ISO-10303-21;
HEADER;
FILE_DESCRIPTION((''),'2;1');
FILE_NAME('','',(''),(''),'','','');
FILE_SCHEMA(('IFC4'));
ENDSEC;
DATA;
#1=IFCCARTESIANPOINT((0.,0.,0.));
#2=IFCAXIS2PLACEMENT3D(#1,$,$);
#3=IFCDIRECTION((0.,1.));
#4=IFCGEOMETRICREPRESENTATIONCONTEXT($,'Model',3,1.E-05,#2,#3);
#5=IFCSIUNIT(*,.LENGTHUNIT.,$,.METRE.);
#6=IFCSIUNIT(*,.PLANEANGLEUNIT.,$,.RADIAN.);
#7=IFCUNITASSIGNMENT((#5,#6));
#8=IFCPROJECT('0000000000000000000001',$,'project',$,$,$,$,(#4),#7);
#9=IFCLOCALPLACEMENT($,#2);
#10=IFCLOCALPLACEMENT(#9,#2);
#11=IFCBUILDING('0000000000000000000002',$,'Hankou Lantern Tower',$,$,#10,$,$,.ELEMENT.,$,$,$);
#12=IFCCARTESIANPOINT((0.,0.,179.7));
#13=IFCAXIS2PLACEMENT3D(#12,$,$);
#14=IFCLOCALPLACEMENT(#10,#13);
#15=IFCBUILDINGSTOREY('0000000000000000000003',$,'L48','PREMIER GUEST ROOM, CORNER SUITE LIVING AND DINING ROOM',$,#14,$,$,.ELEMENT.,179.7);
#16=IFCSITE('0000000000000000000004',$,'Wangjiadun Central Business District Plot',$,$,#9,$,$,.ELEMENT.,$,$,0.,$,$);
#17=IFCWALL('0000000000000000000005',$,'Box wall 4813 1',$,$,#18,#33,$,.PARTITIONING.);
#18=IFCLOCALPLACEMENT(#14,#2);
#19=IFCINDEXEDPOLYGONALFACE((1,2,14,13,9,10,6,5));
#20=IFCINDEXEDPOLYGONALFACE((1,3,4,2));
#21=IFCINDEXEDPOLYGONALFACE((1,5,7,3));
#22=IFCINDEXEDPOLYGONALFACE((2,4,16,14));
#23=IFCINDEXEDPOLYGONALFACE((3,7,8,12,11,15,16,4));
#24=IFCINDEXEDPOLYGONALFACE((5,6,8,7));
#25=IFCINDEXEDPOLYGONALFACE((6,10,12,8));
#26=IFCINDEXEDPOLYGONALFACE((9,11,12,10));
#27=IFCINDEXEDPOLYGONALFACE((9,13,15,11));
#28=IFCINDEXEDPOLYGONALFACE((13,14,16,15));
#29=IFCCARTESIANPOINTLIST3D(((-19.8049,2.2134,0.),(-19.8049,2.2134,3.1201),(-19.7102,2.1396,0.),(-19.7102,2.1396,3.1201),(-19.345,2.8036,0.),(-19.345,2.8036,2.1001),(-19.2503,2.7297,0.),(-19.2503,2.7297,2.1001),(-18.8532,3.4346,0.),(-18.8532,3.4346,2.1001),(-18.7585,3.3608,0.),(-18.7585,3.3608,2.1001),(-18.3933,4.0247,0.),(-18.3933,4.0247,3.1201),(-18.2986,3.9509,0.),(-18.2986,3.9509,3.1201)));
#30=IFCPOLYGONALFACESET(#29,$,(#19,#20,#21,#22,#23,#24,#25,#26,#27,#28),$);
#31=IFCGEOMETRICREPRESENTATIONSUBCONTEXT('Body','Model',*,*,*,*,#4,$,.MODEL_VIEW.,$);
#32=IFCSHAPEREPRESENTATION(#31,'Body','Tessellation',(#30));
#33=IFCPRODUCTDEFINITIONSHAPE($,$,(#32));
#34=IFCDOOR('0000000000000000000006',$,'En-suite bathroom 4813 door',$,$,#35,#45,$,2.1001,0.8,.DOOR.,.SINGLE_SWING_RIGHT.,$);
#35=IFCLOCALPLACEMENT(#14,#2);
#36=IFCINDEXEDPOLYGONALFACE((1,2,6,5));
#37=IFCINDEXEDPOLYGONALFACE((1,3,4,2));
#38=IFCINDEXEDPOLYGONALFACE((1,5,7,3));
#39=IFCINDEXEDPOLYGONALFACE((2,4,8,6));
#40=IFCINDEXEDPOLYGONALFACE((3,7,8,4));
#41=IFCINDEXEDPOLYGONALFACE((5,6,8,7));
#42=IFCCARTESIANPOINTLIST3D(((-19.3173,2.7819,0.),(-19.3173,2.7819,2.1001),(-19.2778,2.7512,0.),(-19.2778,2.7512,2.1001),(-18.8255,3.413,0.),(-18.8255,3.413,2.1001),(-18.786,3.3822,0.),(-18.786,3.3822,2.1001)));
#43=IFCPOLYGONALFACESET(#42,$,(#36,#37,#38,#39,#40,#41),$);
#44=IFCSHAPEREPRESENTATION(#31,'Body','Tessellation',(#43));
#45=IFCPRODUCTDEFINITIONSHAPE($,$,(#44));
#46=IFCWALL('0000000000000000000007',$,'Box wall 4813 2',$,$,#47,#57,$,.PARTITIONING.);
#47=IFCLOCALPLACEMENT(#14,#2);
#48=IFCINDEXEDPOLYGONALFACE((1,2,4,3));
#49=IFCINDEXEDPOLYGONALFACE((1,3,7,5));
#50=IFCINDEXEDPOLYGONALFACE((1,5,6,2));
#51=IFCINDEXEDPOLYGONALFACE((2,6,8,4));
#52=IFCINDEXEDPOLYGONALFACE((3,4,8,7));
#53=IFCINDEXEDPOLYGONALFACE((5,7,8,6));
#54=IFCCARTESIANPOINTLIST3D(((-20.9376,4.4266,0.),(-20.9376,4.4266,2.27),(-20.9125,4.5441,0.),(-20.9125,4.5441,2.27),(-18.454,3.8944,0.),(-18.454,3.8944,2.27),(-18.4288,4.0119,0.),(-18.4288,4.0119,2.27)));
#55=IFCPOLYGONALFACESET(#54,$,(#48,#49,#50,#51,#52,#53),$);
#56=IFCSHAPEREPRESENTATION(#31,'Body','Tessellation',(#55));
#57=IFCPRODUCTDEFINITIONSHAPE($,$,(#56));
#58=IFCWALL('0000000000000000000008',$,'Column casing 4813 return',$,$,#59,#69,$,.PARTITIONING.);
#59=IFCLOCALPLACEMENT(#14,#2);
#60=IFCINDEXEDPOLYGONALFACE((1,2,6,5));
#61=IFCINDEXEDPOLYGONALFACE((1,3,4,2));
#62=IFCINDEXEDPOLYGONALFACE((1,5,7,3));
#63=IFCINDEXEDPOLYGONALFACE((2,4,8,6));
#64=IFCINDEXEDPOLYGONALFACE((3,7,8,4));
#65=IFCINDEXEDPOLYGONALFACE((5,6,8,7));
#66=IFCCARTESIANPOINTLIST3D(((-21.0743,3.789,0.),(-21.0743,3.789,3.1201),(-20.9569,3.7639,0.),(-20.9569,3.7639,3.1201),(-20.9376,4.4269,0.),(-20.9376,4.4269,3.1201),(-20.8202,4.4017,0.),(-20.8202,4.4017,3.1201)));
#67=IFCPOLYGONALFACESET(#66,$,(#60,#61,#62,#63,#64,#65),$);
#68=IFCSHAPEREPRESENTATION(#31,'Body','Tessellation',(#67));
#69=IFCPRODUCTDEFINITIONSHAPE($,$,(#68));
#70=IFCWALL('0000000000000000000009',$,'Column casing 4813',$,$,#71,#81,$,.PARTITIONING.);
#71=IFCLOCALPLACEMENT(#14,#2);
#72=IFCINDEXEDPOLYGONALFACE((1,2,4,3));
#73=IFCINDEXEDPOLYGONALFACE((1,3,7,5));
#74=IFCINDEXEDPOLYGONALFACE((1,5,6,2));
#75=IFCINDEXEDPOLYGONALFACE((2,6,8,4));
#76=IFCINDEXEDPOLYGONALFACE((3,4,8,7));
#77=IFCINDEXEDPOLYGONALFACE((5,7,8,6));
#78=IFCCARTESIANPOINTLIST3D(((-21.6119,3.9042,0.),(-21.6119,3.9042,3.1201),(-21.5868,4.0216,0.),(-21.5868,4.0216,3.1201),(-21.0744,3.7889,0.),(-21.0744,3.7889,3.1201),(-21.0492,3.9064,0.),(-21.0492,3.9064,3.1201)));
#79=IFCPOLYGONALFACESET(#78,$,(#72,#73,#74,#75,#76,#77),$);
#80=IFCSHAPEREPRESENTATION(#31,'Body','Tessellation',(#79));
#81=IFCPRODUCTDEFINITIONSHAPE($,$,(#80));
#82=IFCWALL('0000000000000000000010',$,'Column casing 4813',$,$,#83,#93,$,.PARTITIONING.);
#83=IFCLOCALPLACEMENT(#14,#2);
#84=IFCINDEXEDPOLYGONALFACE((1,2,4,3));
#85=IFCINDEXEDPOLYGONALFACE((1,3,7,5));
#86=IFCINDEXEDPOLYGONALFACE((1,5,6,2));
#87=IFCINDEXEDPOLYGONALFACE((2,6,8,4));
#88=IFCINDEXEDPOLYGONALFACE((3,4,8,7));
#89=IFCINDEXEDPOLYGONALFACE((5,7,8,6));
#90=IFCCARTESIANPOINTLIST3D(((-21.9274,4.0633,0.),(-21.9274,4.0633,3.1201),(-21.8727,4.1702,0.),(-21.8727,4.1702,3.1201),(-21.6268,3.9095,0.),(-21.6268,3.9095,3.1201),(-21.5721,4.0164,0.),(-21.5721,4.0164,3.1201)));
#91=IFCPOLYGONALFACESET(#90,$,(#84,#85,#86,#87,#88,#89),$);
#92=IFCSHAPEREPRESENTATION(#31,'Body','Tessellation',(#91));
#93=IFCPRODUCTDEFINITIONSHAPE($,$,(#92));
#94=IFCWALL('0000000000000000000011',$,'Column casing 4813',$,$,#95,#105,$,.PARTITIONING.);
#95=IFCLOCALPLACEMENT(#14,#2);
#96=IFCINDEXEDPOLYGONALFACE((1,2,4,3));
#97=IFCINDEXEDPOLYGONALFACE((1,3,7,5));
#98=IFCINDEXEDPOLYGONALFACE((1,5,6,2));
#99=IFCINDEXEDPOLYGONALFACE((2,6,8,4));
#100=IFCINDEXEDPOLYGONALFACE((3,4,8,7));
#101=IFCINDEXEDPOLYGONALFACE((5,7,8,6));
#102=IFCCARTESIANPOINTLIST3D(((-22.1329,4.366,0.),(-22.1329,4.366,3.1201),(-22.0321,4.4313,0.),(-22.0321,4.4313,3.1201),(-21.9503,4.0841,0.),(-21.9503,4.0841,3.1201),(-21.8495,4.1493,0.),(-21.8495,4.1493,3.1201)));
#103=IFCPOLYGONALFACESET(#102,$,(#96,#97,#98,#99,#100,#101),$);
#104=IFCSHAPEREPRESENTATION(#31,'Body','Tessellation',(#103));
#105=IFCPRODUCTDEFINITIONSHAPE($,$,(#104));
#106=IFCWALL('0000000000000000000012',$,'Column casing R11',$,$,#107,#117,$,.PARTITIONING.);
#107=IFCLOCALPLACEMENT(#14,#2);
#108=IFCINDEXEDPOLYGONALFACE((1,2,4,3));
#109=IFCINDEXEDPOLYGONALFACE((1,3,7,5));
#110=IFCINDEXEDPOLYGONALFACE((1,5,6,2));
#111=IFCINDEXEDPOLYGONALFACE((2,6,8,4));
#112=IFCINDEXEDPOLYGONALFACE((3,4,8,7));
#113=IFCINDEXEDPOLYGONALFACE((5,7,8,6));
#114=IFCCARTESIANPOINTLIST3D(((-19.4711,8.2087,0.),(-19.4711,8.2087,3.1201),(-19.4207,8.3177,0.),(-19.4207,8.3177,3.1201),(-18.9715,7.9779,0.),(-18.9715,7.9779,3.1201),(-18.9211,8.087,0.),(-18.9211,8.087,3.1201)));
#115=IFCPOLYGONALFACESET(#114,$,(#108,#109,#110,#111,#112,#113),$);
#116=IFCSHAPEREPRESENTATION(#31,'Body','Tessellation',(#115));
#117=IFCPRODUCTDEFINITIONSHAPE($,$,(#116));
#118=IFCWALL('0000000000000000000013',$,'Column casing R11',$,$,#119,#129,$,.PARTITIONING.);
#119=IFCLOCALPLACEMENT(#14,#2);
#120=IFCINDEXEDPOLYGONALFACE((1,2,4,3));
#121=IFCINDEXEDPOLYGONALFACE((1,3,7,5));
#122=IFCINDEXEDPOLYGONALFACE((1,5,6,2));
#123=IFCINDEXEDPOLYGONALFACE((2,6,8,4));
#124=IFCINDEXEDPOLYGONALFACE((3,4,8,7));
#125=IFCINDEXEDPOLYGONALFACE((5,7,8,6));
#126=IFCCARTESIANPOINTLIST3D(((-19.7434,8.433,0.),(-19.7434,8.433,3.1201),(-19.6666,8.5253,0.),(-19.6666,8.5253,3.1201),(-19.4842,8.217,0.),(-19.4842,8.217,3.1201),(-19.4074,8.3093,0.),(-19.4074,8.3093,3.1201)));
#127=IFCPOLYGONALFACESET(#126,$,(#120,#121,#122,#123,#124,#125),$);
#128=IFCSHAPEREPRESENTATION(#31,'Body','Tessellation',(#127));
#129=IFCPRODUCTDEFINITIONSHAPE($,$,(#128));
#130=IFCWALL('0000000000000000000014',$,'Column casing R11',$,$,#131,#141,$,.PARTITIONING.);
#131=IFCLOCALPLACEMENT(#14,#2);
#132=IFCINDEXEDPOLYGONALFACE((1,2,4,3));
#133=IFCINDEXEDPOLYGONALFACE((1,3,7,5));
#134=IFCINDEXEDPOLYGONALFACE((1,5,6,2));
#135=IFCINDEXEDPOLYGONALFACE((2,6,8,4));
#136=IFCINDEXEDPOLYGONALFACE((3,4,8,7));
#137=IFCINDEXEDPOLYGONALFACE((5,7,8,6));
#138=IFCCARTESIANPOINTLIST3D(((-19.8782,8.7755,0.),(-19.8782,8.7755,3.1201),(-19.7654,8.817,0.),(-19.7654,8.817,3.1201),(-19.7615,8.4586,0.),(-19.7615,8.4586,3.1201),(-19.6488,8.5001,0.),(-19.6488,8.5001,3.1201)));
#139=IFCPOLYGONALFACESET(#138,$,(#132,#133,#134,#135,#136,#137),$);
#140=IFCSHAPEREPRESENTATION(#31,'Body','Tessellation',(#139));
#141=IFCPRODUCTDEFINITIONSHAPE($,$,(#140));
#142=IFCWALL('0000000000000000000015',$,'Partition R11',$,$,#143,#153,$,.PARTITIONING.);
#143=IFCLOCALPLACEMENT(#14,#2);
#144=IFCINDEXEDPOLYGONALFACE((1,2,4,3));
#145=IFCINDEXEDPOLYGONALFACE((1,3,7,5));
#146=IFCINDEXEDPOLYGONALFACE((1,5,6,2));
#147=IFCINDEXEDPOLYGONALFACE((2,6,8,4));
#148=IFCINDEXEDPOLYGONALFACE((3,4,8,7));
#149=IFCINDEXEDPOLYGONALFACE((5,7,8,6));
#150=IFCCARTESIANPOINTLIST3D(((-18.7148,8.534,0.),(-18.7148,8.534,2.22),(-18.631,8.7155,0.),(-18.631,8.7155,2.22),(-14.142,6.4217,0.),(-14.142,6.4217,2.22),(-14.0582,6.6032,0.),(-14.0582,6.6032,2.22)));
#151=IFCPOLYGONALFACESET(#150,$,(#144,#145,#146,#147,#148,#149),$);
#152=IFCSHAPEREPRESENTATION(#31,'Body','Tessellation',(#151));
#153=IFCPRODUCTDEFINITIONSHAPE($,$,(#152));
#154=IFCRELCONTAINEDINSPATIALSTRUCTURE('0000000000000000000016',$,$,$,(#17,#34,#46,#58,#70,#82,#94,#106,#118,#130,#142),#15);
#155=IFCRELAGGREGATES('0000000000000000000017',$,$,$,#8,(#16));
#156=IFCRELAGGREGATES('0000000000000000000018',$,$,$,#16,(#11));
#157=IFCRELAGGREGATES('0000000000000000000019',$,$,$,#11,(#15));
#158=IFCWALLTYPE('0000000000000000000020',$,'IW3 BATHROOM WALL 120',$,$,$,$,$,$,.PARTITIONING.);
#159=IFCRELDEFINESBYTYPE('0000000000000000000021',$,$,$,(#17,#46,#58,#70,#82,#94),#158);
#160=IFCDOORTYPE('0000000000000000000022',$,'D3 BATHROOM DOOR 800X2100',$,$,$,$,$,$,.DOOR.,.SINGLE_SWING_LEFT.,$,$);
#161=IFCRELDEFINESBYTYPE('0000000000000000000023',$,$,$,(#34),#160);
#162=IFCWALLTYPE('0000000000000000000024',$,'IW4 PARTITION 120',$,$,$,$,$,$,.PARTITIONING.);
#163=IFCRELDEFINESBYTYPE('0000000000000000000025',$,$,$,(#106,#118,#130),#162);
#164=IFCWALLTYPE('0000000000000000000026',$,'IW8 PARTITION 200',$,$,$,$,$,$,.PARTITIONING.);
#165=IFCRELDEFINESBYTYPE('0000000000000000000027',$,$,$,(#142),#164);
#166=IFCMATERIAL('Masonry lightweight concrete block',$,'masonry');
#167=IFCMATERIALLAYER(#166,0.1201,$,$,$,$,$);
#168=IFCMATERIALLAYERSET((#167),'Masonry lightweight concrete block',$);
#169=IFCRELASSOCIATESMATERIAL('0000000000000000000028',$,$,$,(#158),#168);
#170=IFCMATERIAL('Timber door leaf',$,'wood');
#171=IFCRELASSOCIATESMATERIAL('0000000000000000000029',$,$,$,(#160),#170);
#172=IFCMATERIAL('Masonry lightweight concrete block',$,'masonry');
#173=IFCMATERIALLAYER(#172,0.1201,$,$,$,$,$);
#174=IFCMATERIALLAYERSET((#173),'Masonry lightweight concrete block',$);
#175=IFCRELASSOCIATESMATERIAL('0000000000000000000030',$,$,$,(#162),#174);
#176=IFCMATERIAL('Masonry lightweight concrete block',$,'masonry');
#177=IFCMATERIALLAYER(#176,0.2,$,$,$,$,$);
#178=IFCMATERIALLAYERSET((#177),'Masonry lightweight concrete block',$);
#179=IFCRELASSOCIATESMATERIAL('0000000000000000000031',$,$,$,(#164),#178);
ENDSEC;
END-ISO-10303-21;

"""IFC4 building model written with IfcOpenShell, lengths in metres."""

from ifc_helpers import new_model, si_unit, direction, frame, frame_2d, origin, place, context, subcontext, project, spatial, rectangle, extrude, material, layer, layer_set, type_object, element, fill, save


model = new_model("IFC4")

# Units and contexts
model_context = context("Model", 3, precision=1e-05, world=origin(), true_north=direction((0.0, 1.0)))
body_context = subcontext(model_context, "Body", "Model", "MODEL_VIEW")
ifc_project = project(units=[si_unit("LENGTHUNIT", "METRE"), si_unit("PLANEANGLEUNIT", "RADIAN")], contexts=[model_context])

# Site, building, storey
site_placement = place(None, origin())
site = spatial("IfcSite", under=ifc_project, at=site_placement, Name="Wangjiadun Central Business District Plot", CompositionType="ELEMENT", RefElevation=0.0)
building_placement = place(site_placement, origin())
building = spatial("IfcBuilding", under=site, at=building_placement, Name="Hankou Lantern Tower", CompositionType="ELEMENT")
storey_placement = place(building_placement, frame((0.0, 0.0, 179.7)))
storey = spatial("IfcBuildingStorey", under=building, at=storey_placement, Name="L48", Description="PREMIER GUEST ROOM, CORNER SUITE LIVING AND DINING ROOM", CompositionType="ELEMENT", Elevation=179.7)

# Wall, opening, door
ifc_material_1 = material(Name="Masonry lightweight concrete block", Category="masonry")
ifc_layer_1 = layer(ifc_material_1, 0.1201)
ifc_layer_set_1 = layer_set([ifc_layer_1], Name="Masonry lightweight concrete block")
wall_type_1 = type_object("IfcWallType", Name="IW3 BATHROOM WALL 120", PredefinedType="PARTITIONING", material=ifc_layer_set_1)
wall_1_placement = place(storey_placement, frame((-19.7576, 2.1765, 0.0), z_axis=(0.0, 0.0, 1.0), x_axis=(0.614713, 0.788751, 0.0)))
wall_1 = element("IfcWall", 1, at=wall_1_placement, inside=storey, type_object=wall_type_1, Name="Box wall 4813 1", PredefinedType="PARTITIONING", context=body_context, shape_type="SweptSolid", body=[
    extrude(rectangle(XDim=2.2964, YDim=0.1201, at=frame_2d((1.1482, 0.0))), origin(), (0.0, 0.0, 1.0), 3.1201),
])
opening_1_placement = place(wall_1_placement, frame((0.7483, 0.0, 0.0)))
opening_1 = element("IfcOpeningElement", 2, at=opening_1_placement, cuts=wall_1, PredefinedType="OPENING", context=body_context, shape_type="SweptSolid", body=[
    extrude(rectangle(XDim=0.8, YDim=2.1001, at=frame_2d((0.3999, 1.05))), frame((0.0, 0.0701, 0.0), z_axis=(0.0, -1.0, 0.0), x_axis=(1.0, 0.0, 0.0)), (0.0, 0.0, 1.0), 0.1401),
])
ifc_material_2 = material(Name="Timber door leaf", Category="wood")
door_type_1 = type_object("IfcDoorType", Name="D3 BATHROOM DOOR 800X2100", OperationType="SINGLE_SWING_LEFT", PredefinedType="DOOR", material=ifc_material_2)
door_1_placement = place(opening_1_placement, origin())
door_1 = element("IfcDoor", 3, at=door_1_placement, inside=storey, type_object=door_type_1, Name="En-suite bathroom 4813 door", OperationType="SINGLE_SWING_RIGHT", OverallHeight=2.1001, OverallWidth=0.8, PredefinedType="DOOR", context=body_context, shape_type="SweptSolid", body=[
    extrude(rectangle(XDim=0.8, YDim=2.1001, at=frame_2d((0.3999, 1.05))), frame((0.0, 0.0249, 0.0), z_axis=(0.0, -1.0, 0.0), x_axis=(1.0, 0.0, 0.0)), (0.0, 0.0, 1.0), 0.05),
])
fill(opening_1, door_1)

# Walls
wall_2_placement = place(storey_placement, frame((-18.4414, 3.9531, 0.0), z_axis=(0.0, 0.0, 1.0), x_axis=(-0.977801, 0.209536, 0.0)))
element("IfcWall", 4, at=wall_2_placement, inside=storey, type_object=wall_type_1, Name="Box wall 4813 2", PredefinedType="PARTITIONING", context=body_context, shape_type="SweptSolid", body=[
    extrude(rectangle(XDim=2.54, YDim=0.1201, at=frame_2d((1.27, 0.0))), origin(), (0.0, 0.0, 1.0), 2.27),
])
wall_3_placement = place(storey_placement, frame((-20.8789, 4.4143, 0.0), z_axis=(0.0, 0.0, 1.0), x_axis=(-0.209555, -0.977797, 0.0)))
element("IfcWall", 5, at=wall_3_placement, inside=storey, type_object=wall_type_1, Name="Column casing 4813 return", PredefinedType="PARTITIONING", context=body_context, shape_type="SweptSolid", body=[
    extrude(rectangle(XDim=0.6523, YDim=0.1201, at=frame_2d((0.3262, 0.0))), origin(), (0.0, 0.0, 1.0), 3.1201),
])
wall_4_placement = place(storey_placement, frame((-21.0618, 3.8477, 0.0), z_axis=(0.0, 0.0, 1.0), x_axis=(-0.977789, 0.20959, 0.0)))
element("IfcWall", 6, at=wall_4_placement, inside=storey, type_object=wall_type_1, Name="Column casing 4813", PredefinedType="PARTITIONING", context=body_context, shape_type="SweptSolid", body=[
    extrude(rectangle(XDim=0.5498, YDim=0.1201, at=frame_2d((0.2749, 0.0))), origin(), (0.0, 0.0, 1.0), 3.1201),
])
wall_5_placement = place(storey_placement, frame((-21.5994, 3.9629, 0.0), z_axis=(0.0, 0.0, 1.0), x_axis=(-0.890194, 0.455582, 0.0)))
element("IfcWall", 7, at=wall_5_placement, inside=storey, type_object=wall_type_1, Name="Column casing 4813", PredefinedType="PARTITIONING", context=body_context, shape_type="SweptSolid", body=[
    extrude(rectangle(XDim=0.3376, YDim=0.1201, at=frame_2d((0.1689, 0.0))), origin(), (0.0, 0.0, 1.0), 3.1201),
])
wall_6_placement = place(storey_placement, frame((-21.8999, 4.1167, 0.0), z_axis=(0.0, 0.0, 1.0), x_axis=(-0.543583, 0.839356, 0.0)))
element("IfcWall", 8, at=wall_6_placement, inside=storey, type_object=wall_type_1, Name="Column casing 4813", PredefinedType="PARTITIONING", context=body_context, shape_type="SweptSolid", body=[
    extrude(rectangle(XDim=0.3359, YDim=0.1201, at=frame_2d((0.168, 0.0))), origin(), (0.0, 0.0, 1.0), 3.1201),
])
ifc_material_3 = material(Name="Masonry lightweight concrete block", Category="masonry")
ifc_layer_2 = layer(ifc_material_3, 0.1201)
ifc_layer_set_2 = layer_set([ifc_layer_2], Name="Masonry lightweight concrete block")
wall_type_2 = type_object("IfcWallType", Name="IW4 PARTITION 120", PredefinedType="PARTITIONING", material=ifc_layer_set_2)
wall_7_placement = place(storey_placement, frame((-18.9463, 8.0325, 0.0), z_axis=(0.0, 0.0, 1.0), x_axis=(-0.907842, 0.419311, 0.0)))
element("IfcWall", 9, at=wall_7_placement, inside=storey, type_object=wall_type_2, Name="Column casing R11", PredefinedType="PARTITIONING", context=body_context, shape_type="SweptSolid", body=[
    extrude(rectangle(XDim=0.5503, YDim=0.1201, at=frame_2d((0.2751, 0.0))), origin(), (0.0, 0.0, 1.0), 3.1201),
])
wall_8_placement = place(storey_placement, frame((-19.4458, 8.2632, 0.0), z_axis=(0.0, 0.0, 1.0), x_axis=(-0.768221, 0.640184, 0.0)))
element("IfcWall", 10, at=wall_8_placement, inside=storey, type_object=wall_type_2, Name="Column casing R11", PredefinedType="PARTITIONING", context=body_context, shape_type="SweptSolid", body=[
    extrude(rectangle(XDim=0.3374, YDim=0.1201, at=frame_2d((0.1687, 0.0))), origin(), (0.0, 0.0, 1.0), 3.1201),
])
wall_9_placement = place(storey_placement, frame((-19.7051, 8.4792, 0.0), z_axis=(0.0, 0.0, 1.0), x_axis=(-0.345571, 0.938392, 0.0)))
element("IfcWall", 11, at=wall_9_placement, inside=storey, type_object=wall_type_2, Name="Column casing R11", PredefinedType="PARTITIONING", context=body_context, shape_type="SweptSolid", body=[
    extrude(rectangle(XDim=0.3376, YDim=0.1201, at=frame_2d((0.1689, 0.0))), origin(), (0.0, 0.0, 1.0), 3.1201),
])
ifc_material_4 = material(Name="Masonry lightweight concrete block", Category="masonry")
ifc_layer_3 = layer(ifc_material_4, 0.2)
ifc_layer_set_3 = layer_set([ifc_layer_3], Name="Masonry lightweight concrete block")
wall_type_3 = type_object("IfcWallType", Name="IW8 PARTITION 200", PredefinedType="PARTITIONING", material=ifc_layer_set_3)
wall_10_placement = place(storey_placement, frame((-14.1001, 6.5125, 0.0), z_axis=(0.0, 0.0, 1.0), x_axis=(-0.907823, 0.419353, 0.0)))
element("IfcWall", 12, at=wall_10_placement, inside=storey, type_object=wall_type_3, Name="Partition R11", PredefinedType="PARTITIONING", context=body_context, shape_type="SweptSolid", body=[
    extrude(rectangle(XDim=5.0371, YDim=0.2, at=frame_2d((2.5186, 0.0))), origin(), (0.0, 0.0, 1.0), 2.22),
])

save(model, "model.ifc")
